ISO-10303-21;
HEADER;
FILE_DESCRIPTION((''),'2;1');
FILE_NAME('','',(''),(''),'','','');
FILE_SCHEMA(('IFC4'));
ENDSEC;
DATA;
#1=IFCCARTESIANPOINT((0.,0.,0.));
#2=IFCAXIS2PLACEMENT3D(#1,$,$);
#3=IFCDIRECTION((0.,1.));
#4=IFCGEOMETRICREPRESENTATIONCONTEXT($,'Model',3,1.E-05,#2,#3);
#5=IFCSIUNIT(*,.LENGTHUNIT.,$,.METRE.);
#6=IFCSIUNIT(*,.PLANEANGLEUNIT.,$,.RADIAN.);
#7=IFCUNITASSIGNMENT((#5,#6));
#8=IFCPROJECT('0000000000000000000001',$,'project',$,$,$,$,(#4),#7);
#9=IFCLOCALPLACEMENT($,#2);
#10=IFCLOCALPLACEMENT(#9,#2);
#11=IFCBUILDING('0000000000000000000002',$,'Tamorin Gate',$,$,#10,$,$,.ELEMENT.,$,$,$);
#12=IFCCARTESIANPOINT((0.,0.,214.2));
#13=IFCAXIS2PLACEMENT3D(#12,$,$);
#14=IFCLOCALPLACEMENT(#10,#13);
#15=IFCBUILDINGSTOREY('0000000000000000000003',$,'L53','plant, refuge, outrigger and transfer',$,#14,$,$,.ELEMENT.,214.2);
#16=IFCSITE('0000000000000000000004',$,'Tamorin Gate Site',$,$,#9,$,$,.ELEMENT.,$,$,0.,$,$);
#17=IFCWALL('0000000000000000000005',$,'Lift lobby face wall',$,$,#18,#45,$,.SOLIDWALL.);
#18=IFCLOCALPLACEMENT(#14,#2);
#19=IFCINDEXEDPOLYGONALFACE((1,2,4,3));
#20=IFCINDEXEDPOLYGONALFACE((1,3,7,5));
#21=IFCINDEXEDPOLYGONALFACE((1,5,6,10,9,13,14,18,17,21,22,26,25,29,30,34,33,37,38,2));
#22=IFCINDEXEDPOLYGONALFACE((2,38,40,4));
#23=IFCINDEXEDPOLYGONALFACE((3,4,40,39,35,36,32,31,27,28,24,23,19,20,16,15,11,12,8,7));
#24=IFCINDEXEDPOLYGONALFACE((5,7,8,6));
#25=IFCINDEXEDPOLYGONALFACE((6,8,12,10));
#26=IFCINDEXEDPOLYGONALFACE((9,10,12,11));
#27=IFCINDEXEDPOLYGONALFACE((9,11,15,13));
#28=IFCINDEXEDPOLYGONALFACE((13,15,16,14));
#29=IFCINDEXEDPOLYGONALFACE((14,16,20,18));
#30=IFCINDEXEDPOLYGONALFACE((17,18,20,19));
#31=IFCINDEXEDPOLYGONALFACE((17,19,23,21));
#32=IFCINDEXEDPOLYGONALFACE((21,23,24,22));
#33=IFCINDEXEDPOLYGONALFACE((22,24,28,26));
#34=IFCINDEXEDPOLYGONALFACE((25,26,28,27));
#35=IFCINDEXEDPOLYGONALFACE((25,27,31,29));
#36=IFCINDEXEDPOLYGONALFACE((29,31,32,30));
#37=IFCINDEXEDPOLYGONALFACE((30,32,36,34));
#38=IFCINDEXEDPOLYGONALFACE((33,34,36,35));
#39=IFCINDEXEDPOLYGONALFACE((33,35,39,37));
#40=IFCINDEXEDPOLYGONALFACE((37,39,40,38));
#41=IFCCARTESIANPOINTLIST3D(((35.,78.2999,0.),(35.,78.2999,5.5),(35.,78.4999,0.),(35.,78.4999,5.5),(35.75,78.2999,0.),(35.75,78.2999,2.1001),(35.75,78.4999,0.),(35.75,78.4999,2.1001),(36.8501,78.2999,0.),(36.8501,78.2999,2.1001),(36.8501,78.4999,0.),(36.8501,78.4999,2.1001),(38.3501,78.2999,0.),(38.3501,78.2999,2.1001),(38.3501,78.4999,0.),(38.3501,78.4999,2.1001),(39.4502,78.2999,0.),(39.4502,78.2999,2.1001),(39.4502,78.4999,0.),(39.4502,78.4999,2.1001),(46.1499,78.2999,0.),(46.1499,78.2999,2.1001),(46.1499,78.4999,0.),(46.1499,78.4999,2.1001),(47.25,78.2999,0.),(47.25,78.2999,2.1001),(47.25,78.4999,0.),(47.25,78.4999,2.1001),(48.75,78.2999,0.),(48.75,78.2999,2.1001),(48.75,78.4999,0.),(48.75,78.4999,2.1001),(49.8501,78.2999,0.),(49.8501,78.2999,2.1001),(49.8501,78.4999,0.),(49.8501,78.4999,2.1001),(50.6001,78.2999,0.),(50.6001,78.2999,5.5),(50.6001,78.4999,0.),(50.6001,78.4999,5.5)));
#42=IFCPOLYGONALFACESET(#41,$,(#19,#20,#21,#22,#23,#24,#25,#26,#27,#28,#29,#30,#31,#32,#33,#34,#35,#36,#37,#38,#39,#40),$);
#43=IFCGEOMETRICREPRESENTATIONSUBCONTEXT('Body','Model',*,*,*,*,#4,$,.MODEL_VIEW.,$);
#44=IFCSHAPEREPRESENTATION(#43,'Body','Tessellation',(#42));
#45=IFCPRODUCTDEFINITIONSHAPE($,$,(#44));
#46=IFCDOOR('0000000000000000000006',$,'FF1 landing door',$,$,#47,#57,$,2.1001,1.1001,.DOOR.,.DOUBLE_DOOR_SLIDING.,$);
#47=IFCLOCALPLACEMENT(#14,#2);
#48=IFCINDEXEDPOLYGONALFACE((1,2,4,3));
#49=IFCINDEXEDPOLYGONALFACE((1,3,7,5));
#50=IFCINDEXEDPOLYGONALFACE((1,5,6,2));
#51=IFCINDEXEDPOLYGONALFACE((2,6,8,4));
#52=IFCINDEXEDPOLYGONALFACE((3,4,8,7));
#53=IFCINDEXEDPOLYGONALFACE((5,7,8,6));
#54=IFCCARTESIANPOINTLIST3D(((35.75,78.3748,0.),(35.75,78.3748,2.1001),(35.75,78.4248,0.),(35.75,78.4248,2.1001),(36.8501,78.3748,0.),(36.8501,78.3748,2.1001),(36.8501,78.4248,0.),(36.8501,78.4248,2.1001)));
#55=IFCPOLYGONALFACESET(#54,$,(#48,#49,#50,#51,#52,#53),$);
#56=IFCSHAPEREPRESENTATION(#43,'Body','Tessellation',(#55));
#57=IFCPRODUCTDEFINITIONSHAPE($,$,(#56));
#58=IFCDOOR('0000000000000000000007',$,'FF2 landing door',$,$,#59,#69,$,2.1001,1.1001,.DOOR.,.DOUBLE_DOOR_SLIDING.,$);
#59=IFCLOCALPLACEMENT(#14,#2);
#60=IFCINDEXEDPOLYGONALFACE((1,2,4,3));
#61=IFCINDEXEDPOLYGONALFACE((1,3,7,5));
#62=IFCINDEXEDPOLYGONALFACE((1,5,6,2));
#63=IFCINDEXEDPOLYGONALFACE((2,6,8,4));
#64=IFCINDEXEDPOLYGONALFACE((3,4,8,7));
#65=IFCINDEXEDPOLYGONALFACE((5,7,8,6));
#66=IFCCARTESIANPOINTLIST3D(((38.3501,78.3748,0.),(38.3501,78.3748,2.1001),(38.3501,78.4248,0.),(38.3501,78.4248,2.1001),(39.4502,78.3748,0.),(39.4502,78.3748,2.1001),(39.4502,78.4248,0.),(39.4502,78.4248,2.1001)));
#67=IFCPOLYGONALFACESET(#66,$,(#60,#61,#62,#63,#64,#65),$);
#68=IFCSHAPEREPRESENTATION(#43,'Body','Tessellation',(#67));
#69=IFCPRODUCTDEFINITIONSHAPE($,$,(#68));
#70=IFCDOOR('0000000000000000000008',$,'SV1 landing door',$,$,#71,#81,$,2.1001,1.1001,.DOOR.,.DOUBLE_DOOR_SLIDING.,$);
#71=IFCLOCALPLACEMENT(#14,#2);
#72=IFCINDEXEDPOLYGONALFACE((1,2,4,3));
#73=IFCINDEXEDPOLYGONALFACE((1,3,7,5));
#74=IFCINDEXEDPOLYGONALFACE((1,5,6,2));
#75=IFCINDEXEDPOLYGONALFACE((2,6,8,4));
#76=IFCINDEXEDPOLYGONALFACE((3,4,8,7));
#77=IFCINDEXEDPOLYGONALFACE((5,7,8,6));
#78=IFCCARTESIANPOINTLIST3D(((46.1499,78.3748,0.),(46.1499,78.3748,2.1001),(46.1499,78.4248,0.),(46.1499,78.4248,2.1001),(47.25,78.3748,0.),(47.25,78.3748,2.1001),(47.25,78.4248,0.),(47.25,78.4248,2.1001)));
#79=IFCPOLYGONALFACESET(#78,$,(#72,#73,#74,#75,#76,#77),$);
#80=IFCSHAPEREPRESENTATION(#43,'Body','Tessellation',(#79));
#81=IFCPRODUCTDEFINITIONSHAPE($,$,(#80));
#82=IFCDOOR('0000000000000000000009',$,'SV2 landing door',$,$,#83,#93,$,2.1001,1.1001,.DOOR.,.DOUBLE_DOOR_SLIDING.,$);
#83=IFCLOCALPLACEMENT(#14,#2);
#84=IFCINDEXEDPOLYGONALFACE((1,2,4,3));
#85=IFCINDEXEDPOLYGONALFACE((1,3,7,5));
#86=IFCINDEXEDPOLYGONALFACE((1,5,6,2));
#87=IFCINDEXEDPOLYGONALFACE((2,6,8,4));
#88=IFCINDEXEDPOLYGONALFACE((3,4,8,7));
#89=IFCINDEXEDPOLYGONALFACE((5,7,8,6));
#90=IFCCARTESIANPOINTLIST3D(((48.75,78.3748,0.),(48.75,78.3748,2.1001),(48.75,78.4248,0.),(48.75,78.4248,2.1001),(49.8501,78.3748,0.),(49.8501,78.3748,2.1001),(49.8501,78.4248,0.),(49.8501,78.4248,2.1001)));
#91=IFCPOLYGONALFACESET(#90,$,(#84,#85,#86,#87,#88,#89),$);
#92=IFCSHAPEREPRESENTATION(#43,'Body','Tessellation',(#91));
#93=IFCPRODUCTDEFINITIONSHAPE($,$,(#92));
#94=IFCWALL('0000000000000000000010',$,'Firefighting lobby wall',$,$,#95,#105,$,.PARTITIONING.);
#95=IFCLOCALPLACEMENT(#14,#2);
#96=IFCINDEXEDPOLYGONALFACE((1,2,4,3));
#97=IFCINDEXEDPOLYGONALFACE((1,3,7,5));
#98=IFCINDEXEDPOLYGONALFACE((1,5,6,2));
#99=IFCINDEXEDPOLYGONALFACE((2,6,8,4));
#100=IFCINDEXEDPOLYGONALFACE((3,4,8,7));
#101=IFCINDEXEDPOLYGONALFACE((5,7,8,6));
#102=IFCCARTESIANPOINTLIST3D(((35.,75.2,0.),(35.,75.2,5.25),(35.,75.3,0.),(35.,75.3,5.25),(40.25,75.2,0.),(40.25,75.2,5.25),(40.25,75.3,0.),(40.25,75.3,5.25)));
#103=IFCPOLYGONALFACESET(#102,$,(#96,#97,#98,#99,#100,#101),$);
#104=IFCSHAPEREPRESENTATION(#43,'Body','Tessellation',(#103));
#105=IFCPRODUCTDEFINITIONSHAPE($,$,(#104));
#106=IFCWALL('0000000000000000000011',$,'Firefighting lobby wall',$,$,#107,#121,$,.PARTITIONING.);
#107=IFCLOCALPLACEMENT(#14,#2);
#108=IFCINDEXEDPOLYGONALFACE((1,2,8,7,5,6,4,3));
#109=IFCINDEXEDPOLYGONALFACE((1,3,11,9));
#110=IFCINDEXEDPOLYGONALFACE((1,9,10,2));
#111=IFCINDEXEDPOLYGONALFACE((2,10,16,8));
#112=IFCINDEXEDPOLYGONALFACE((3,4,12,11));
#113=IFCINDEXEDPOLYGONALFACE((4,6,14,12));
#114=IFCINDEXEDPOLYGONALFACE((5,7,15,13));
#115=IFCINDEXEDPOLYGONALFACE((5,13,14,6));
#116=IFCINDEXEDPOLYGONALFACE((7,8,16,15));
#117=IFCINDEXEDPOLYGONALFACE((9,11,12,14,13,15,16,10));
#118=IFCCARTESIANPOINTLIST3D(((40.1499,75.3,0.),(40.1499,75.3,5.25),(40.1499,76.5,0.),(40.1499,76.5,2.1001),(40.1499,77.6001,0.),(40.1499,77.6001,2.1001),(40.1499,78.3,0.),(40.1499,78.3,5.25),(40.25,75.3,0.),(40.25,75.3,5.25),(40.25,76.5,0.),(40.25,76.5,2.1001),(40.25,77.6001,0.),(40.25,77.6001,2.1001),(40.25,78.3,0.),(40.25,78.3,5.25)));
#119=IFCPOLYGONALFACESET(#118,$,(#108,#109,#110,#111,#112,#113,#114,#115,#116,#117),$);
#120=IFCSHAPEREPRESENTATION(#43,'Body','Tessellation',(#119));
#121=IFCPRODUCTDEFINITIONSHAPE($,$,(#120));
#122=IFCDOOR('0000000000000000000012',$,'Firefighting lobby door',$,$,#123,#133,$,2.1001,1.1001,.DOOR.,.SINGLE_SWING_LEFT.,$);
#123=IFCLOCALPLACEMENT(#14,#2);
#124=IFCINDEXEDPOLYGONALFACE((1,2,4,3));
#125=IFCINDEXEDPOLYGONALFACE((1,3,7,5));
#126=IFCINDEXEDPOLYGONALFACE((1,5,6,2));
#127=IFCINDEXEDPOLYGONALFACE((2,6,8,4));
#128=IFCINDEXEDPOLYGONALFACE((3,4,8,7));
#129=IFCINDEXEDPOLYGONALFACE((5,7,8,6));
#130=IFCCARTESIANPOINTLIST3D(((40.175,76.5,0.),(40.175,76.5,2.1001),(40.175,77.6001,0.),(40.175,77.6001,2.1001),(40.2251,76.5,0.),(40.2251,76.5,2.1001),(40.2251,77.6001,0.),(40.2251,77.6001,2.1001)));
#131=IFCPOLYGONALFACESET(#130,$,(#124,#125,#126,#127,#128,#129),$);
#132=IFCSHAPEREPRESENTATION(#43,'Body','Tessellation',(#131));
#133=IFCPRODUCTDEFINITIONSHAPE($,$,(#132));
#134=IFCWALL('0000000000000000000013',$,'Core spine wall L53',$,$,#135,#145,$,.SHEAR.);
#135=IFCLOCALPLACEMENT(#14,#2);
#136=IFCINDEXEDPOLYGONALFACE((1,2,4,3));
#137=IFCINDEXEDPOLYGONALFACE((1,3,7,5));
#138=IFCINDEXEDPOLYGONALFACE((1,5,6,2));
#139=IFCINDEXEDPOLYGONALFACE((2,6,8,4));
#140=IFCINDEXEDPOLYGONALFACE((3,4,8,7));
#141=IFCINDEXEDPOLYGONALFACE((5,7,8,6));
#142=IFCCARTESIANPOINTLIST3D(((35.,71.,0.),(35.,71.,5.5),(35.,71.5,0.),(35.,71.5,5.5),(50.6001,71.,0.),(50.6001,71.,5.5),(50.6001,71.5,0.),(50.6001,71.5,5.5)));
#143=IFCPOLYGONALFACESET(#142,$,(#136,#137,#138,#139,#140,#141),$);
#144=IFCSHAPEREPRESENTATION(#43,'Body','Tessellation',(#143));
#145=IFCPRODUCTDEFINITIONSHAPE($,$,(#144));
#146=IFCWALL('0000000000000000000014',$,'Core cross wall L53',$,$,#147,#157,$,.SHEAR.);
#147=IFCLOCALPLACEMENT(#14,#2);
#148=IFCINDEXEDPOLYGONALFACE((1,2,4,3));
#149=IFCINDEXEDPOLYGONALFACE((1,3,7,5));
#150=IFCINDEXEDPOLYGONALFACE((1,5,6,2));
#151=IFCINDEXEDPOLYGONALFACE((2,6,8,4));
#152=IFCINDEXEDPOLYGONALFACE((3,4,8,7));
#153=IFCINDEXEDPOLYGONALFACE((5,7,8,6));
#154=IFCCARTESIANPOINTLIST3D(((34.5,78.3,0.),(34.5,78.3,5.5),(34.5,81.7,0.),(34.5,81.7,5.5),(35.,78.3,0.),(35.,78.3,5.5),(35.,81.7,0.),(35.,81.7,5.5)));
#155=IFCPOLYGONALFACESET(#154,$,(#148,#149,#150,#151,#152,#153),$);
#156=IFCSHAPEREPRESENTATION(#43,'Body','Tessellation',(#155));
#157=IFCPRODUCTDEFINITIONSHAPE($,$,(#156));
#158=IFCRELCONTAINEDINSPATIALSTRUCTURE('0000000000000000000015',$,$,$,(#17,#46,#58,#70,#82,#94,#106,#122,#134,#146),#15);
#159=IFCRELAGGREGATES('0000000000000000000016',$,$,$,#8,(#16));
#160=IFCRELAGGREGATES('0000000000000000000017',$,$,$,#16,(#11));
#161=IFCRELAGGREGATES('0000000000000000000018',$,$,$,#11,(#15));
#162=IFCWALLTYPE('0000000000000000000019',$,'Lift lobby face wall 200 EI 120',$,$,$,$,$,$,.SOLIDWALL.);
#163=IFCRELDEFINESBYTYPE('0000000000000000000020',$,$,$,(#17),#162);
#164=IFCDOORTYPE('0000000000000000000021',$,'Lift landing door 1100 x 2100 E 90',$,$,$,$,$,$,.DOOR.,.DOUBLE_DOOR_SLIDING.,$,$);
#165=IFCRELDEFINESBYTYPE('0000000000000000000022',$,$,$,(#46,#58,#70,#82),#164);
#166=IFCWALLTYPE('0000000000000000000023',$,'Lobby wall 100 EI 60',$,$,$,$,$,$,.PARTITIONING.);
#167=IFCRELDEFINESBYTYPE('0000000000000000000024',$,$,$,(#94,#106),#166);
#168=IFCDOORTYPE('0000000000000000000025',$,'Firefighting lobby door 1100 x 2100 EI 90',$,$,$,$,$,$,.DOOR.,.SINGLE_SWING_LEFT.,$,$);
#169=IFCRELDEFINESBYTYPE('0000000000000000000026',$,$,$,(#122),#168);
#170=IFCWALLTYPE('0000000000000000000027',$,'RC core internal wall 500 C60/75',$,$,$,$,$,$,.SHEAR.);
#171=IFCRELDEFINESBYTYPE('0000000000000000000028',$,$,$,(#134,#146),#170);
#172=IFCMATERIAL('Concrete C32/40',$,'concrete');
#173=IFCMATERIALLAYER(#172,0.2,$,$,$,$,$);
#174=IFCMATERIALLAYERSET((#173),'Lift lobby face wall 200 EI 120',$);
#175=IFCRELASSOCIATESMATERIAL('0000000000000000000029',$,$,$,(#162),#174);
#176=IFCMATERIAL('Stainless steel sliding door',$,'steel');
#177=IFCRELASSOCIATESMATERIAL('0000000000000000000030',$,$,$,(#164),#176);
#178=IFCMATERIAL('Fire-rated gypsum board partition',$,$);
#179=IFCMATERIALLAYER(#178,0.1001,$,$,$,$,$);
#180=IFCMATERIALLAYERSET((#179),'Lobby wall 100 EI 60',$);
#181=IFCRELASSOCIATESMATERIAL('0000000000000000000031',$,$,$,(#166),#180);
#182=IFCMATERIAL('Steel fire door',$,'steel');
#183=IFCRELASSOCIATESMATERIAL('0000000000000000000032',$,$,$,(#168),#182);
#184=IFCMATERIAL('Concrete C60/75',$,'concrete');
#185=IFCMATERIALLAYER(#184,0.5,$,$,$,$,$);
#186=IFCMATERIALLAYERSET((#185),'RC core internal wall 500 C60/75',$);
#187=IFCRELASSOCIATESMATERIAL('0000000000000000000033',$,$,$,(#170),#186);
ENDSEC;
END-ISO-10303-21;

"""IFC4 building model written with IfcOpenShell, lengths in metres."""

from ifc_helpers import new_model, si_unit, direction, frame, frame_2d, origin, place, context, subcontext, project, spatial, rectangle, extrude, material, layer, layer_set, type_object, element, fill, save


model = new_model("IFC4")

# Units and contexts
model_context = context("Model", 3, precision=1e-05, world=origin(), true_north=direction((0.0, 1.0)))
body_context = subcontext(model_context, "Body", "Model", "MODEL_VIEW")
ifc_project = project(units=[si_unit("LENGTHUNIT", "METRE"), si_unit("PLANEANGLEUNIT", "RADIAN")], contexts=[model_context])

# Site, building, storey
site_placement = place(None, origin())
site = spatial("IfcSite", under=ifc_project, at=site_placement, Name="Tamorin Gate Site", CompositionType="ELEMENT", RefElevation=0.0)
building_placement = place(site_placement, origin())
building = spatial("IfcBuilding", under=site, at=building_placement, Name="Tamorin Gate", CompositionType="ELEMENT")
storey_placement = place(building_placement, frame((0.0, 0.0, 214.2)))
storey = spatial("IfcBuildingStorey", under=building, at=storey_placement, Name="L53", Description="plant, refuge, outrigger and transfer", CompositionType="ELEMENT", Elevation=214.2)

# Wall, openings, doors
ifc_material_1 = material(Name="Concrete C32/40", Category="concrete")
ifc_layer_1 = layer(ifc_material_1, 0.2)
ifc_layer_set_1 = layer_set([ifc_layer_1], Name="Lift lobby face wall 200 EI 120")
wall_type_1 = type_object("IfcWallType", Name="Lift lobby face wall 200 EI 120", PredefinedType="SOLIDWALL", material=ifc_layer_set_1)
ifc_material_2 = material(Name="Stainless steel sliding door", Category="steel")
door_type_1 = type_object("IfcDoorType", Name="Lift landing door 1100 x 2100 E 90", OperationType="DOUBLE_DOOR_SLIDING", PredefinedType="DOOR", material=ifc_material_2)
wall_1_placement = place(storey_placement, frame((35.0, 78.3999, 0.0), z_axis=(0.0, 0.0, 1.0), x_axis=(1.0, 0.0, 0.0)))
wall_1 = element("IfcWall", 1, at=wall_1_placement, inside=storey, type_object=wall_type_1, Name="Lift lobby face wall", PredefinedType="SOLIDWALL", context=body_context, shape_type="SweptSolid", body=[
    extrude(rectangle(XDim=15.6001, YDim=0.2, at=frame_2d((7.8, 0.0))), origin(), (0.0, 0.0, 1.0), 5.5),
])
opening_1_placement = place(wall_1_placement, frame((0.75, 0.0, 0.0)))
opening_1 = element("IfcOpeningElement", 2, at=opening_1_placement, cuts=wall_1, PredefinedType="OPENING", context=body_context, shape_type="SweptSolid", body=[
    extrude(rectangle(XDim=1.1001, YDim=2.1001, at=frame_2d((0.55, 1.05))), frame((0.0, 0.1099, 0.0), z_axis=(0.0, -1.0, 0.0), x_axis=(1.0, 0.0, 0.0)), (0.0, 0.0, 1.0), 0.22),
])
opening_2_placement = place(wall_1_placement, frame((3.3501, 0.0, 0.0)))
opening_2 = element("IfcOpeningElement", 3, at=opening_2_placement, cuts=wall_1, PredefinedType="OPENING", context=body_context, shape_type="SweptSolid", body=[
    extrude(rectangle(XDim=1.1001, YDim=2.1001, at=frame_2d((0.55, 1.05))), frame((0.0, 0.1099, 0.0), z_axis=(0.0, -1.0, 0.0), x_axis=(1.0, 0.0, 0.0)), (0.0, 0.0, 1.0), 0.22),
])
opening_3_placement = place(wall_1_placement, frame((11.1499, 0.0, 0.0)))
opening_3 = element("IfcOpeningElement", 4, at=opening_3_placement, cuts=wall_1, PredefinedType="OPENING", context=body_context, shape_type="SweptSolid", body=[
    extrude(rectangle(XDim=1.1001, YDim=2.1001, at=frame_2d((0.55, 1.05))), frame((0.0, 0.1099, 0.0), z_axis=(0.0, -1.0, 0.0), x_axis=(1.0, 0.0, 0.0)), (0.0, 0.0, 1.0), 0.22),
])
opening_4_placement = place(wall_1_placement, frame((13.75, 0.0, 0.0)))
opening_4 = element("IfcOpeningElement", 5, at=opening_4_placement, cuts=wall_1, PredefinedType="OPENING", context=body_context, shape_type="SweptSolid", body=[
    extrude(rectangle(XDim=1.1001, YDim=2.1001, at=frame_2d((0.55, 1.05))), frame((0.0, 0.1099, 0.0), z_axis=(0.0, -1.0, 0.0), x_axis=(1.0, 0.0, 0.0)), (0.0, 0.0, 1.0), 0.22),
])
door_1_placement = place(opening_1_placement, origin())
door_1 = element("IfcDoor", 6, at=door_1_placement, inside=storey, type_object=door_type_1, Name="FF1 landing door", OperationType="DOUBLE_DOOR_SLIDING", OverallHeight=2.1001, OverallWidth=1.1001, PredefinedType="DOOR", context=body_context, shape_type="SweptSolid", body=[
    extrude(rectangle(XDim=1.1001, YDim=2.1001, at=frame_2d((0.55, 1.05))), frame((0.0, 0.0249, 0.0), z_axis=(0.0, -1.0, 0.0), x_axis=(1.0, 0.0, 0.0)), (0.0, 0.0, 1.0), 0.05),
])
fill(opening_1, door_1)
door_2_placement = place(opening_2_placement, origin())
door_2 = element("IfcDoor", 7, at=door_2_placement, inside=storey, type_object=door_type_1, Name="FF2 landing door", OperationType="DOUBLE_DOOR_SLIDING", OverallHeight=2.1001, OverallWidth=1.1001, PredefinedType="DOOR", context=body_context, shape_type="SweptSolid", body=[
    extrude(rectangle(XDim=1.1001, YDim=2.1001, at=frame_2d((0.55, 1.05))), frame((0.0, 0.0249, 0.0), z_axis=(0.0, -1.0, 0.0), x_axis=(1.0, 0.0, 0.0)), (0.0, 0.0, 1.0), 0.05),
])
fill(opening_2, door_2)
door_3_placement = place(opening_3_placement, origin())
door_3 = element("IfcDoor", 8, at=door_3_placement, inside=storey, type_object=door_type_1, Name="SV1 landing door", OperationType="DOUBLE_DOOR_SLIDING", OverallHeight=2.1001, OverallWidth=1.1001, PredefinedType="DOOR", context=body_context, shape_type="SweptSolid", body=[
    extrude(rectangle(XDim=1.1001, YDim=2.1001, at=frame_2d((0.55, 1.05))), frame((0.0, 0.0249, 0.0), z_axis=(0.0, -1.0, 0.0), x_axis=(1.0, 0.0, 0.0)), (0.0, 0.0, 1.0), 0.05),
])
fill(opening_3, door_3)
door_4_placement = place(opening_4_placement, origin())
door_4 = element("IfcDoor", 9, at=door_4_placement, inside=storey, type_object=door_type_1, Name="SV2 landing door", OperationType="DOUBLE_DOOR_SLIDING", OverallHeight=2.1001, OverallWidth=1.1001, PredefinedType="DOOR", context=body_context, shape_type="SweptSolid", body=[
    extrude(rectangle(XDim=1.1001, YDim=2.1001, at=frame_2d((0.55, 1.05))), frame((0.0, 0.0249, 0.0), z_axis=(0.0, -1.0, 0.0), x_axis=(1.0, 0.0, 0.0)), (0.0, 0.0, 1.0), 0.05),
])
fill(opening_4, door_4)

# Wall
ifc_material_3 = material(Name="Fire-rated gypsum board partition")
ifc_layer_2 = layer(ifc_material_3, 0.1001)
ifc_layer_set_2 = layer_set([ifc_layer_2], Name="Lobby wall 100 EI 60")
wall_type_2 = type_object("IfcWallType", Name="Lobby wall 100 EI 60", PredefinedType="PARTITIONING", material=ifc_layer_set_2)
wall_2_placement = place(storey_placement, frame((35.0, 75.25, 0.0), z_axis=(0.0, 0.0, 1.0), x_axis=(1.0, 0.0, 0.0)))
element("IfcWall", 10, at=wall_2_placement, inside=storey, type_object=wall_type_2, Name="Firefighting lobby wall", PredefinedType="PARTITIONING", context=body_context, shape_type="SweptSolid", body=[
    extrude(rectangle(XDim=5.25, YDim=0.1001, at=frame_2d((2.625, 0.0))), origin(), (0.0, 0.0, 1.0), 5.25),
])

# Wall, opening, door
wall_3_placement = place(storey_placement, frame((40.2, 75.3, 0.0), z_axis=(0.0, 0.0, 1.0), x_axis=(0.0, 1.0, 0.0)))
wall_3 = element("IfcWall", 11, at=wall_3_placement, inside=storey, type_object=wall_type_2, Name="Firefighting lobby wall", PredefinedType="PARTITIONING", context=body_context, shape_type="SweptSolid", body=[
    extrude(rectangle(XDim=3.0, YDim=0.1001, at=frame_2d((1.5, 0.0))), origin(), (0.0, 0.0, 1.0), 5.25),
])
opening_5_placement = place(wall_3_placement, frame((1.2, 0.0, 0.0)))
opening_5 = element("IfcOpeningElement", 12, at=opening_5_placement, cuts=wall_3, PredefinedType="OPENING", context=body_context, shape_type="SweptSolid", body=[
    extrude(rectangle(XDim=1.1001, YDim=2.1001, at=frame_2d((0.55, 1.05))), frame((0.0, 0.0601, 0.0), z_axis=(0.0, -1.0, 0.0), x_axis=(1.0, 0.0, 0.0)), (0.0, 0.0, 1.0), 0.1201),
])
ifc_material_4 = material(Name="Steel fire door", Category="steel")
door_type_2 = type_object("IfcDoorType", Name="Firefighting lobby door 1100 x 2100 EI 90", OperationType="SINGLE_SWING_LEFT", PredefinedType="DOOR", material=ifc_material_4)
door_5_placement = place(opening_5_placement, origin())
door_5 = element("IfcDoor", 13, at=door_5_placement, inside=storey, type_object=door_type_2, Name="Firefighting lobby door", OperationType="SINGLE_SWING_LEFT", OverallHeight=2.1001, OverallWidth=1.1001, PredefinedType="DOOR", context=body_context, shape_type="SweptSolid", body=[
    extrude(rectangle(XDim=1.1001, YDim=2.1001, at=frame_2d((0.55, 1.05))), frame((0.0, 0.0249, 0.0), z_axis=(0.0, -1.0, 0.0), x_axis=(1.0, 0.0, 0.0)), (0.0, 0.0, 1.0), 0.05),
])
fill(opening_5, door_5)

# Walls
ifc_material_5 = material(Name="Concrete C60/75", Category="concrete")
ifc_layer_3 = layer(ifc_material_5, 0.5)
ifc_layer_set_3 = layer_set([ifc_layer_3], Name="RC core internal wall 500 C60/75")
wall_type_3 = type_object("IfcWallType", Name="RC core internal wall 500 C60/75", PredefinedType="SHEAR", material=ifc_layer_set_3)
wall_4_placement = place(storey_placement, frame((35.0, 71.25, 0.0), z_axis=(0.0, 0.0, 1.0), x_axis=(1.0, 0.0, 0.0)))
element("IfcWall", 14, at=wall_4_placement, inside=storey, type_object=wall_type_3, Name="Core spine wall L53", PredefinedType="SHEAR", context=body_context, shape_type="SweptSolid", body=[
    extrude(rectangle(XDim=15.6001, YDim=0.5, at=frame_2d((7.8, 0.0))), origin(), (0.0, 0.0, 1.0), 5.5),
])
wall_5_placement = place(storey_placement, frame((34.75, 78.3, 0.0), z_axis=(0.0, 0.0, 1.0), x_axis=(0.0, 1.0, 0.0)))
element("IfcWall", 15, at=wall_5_placement, inside=storey, type_object=wall_type_3, Name="Core cross wall L53", PredefinedType="SHEAR", context=body_context, shape_type="SweptSolid", body=[
    extrude(rectangle(XDim=3.3999, YDim=0.5, at=frame_2d((1.7, 0.0))), origin(), (0.0, 0.0, 1.0), 5.5),
])

save(model, "model.ifc")
